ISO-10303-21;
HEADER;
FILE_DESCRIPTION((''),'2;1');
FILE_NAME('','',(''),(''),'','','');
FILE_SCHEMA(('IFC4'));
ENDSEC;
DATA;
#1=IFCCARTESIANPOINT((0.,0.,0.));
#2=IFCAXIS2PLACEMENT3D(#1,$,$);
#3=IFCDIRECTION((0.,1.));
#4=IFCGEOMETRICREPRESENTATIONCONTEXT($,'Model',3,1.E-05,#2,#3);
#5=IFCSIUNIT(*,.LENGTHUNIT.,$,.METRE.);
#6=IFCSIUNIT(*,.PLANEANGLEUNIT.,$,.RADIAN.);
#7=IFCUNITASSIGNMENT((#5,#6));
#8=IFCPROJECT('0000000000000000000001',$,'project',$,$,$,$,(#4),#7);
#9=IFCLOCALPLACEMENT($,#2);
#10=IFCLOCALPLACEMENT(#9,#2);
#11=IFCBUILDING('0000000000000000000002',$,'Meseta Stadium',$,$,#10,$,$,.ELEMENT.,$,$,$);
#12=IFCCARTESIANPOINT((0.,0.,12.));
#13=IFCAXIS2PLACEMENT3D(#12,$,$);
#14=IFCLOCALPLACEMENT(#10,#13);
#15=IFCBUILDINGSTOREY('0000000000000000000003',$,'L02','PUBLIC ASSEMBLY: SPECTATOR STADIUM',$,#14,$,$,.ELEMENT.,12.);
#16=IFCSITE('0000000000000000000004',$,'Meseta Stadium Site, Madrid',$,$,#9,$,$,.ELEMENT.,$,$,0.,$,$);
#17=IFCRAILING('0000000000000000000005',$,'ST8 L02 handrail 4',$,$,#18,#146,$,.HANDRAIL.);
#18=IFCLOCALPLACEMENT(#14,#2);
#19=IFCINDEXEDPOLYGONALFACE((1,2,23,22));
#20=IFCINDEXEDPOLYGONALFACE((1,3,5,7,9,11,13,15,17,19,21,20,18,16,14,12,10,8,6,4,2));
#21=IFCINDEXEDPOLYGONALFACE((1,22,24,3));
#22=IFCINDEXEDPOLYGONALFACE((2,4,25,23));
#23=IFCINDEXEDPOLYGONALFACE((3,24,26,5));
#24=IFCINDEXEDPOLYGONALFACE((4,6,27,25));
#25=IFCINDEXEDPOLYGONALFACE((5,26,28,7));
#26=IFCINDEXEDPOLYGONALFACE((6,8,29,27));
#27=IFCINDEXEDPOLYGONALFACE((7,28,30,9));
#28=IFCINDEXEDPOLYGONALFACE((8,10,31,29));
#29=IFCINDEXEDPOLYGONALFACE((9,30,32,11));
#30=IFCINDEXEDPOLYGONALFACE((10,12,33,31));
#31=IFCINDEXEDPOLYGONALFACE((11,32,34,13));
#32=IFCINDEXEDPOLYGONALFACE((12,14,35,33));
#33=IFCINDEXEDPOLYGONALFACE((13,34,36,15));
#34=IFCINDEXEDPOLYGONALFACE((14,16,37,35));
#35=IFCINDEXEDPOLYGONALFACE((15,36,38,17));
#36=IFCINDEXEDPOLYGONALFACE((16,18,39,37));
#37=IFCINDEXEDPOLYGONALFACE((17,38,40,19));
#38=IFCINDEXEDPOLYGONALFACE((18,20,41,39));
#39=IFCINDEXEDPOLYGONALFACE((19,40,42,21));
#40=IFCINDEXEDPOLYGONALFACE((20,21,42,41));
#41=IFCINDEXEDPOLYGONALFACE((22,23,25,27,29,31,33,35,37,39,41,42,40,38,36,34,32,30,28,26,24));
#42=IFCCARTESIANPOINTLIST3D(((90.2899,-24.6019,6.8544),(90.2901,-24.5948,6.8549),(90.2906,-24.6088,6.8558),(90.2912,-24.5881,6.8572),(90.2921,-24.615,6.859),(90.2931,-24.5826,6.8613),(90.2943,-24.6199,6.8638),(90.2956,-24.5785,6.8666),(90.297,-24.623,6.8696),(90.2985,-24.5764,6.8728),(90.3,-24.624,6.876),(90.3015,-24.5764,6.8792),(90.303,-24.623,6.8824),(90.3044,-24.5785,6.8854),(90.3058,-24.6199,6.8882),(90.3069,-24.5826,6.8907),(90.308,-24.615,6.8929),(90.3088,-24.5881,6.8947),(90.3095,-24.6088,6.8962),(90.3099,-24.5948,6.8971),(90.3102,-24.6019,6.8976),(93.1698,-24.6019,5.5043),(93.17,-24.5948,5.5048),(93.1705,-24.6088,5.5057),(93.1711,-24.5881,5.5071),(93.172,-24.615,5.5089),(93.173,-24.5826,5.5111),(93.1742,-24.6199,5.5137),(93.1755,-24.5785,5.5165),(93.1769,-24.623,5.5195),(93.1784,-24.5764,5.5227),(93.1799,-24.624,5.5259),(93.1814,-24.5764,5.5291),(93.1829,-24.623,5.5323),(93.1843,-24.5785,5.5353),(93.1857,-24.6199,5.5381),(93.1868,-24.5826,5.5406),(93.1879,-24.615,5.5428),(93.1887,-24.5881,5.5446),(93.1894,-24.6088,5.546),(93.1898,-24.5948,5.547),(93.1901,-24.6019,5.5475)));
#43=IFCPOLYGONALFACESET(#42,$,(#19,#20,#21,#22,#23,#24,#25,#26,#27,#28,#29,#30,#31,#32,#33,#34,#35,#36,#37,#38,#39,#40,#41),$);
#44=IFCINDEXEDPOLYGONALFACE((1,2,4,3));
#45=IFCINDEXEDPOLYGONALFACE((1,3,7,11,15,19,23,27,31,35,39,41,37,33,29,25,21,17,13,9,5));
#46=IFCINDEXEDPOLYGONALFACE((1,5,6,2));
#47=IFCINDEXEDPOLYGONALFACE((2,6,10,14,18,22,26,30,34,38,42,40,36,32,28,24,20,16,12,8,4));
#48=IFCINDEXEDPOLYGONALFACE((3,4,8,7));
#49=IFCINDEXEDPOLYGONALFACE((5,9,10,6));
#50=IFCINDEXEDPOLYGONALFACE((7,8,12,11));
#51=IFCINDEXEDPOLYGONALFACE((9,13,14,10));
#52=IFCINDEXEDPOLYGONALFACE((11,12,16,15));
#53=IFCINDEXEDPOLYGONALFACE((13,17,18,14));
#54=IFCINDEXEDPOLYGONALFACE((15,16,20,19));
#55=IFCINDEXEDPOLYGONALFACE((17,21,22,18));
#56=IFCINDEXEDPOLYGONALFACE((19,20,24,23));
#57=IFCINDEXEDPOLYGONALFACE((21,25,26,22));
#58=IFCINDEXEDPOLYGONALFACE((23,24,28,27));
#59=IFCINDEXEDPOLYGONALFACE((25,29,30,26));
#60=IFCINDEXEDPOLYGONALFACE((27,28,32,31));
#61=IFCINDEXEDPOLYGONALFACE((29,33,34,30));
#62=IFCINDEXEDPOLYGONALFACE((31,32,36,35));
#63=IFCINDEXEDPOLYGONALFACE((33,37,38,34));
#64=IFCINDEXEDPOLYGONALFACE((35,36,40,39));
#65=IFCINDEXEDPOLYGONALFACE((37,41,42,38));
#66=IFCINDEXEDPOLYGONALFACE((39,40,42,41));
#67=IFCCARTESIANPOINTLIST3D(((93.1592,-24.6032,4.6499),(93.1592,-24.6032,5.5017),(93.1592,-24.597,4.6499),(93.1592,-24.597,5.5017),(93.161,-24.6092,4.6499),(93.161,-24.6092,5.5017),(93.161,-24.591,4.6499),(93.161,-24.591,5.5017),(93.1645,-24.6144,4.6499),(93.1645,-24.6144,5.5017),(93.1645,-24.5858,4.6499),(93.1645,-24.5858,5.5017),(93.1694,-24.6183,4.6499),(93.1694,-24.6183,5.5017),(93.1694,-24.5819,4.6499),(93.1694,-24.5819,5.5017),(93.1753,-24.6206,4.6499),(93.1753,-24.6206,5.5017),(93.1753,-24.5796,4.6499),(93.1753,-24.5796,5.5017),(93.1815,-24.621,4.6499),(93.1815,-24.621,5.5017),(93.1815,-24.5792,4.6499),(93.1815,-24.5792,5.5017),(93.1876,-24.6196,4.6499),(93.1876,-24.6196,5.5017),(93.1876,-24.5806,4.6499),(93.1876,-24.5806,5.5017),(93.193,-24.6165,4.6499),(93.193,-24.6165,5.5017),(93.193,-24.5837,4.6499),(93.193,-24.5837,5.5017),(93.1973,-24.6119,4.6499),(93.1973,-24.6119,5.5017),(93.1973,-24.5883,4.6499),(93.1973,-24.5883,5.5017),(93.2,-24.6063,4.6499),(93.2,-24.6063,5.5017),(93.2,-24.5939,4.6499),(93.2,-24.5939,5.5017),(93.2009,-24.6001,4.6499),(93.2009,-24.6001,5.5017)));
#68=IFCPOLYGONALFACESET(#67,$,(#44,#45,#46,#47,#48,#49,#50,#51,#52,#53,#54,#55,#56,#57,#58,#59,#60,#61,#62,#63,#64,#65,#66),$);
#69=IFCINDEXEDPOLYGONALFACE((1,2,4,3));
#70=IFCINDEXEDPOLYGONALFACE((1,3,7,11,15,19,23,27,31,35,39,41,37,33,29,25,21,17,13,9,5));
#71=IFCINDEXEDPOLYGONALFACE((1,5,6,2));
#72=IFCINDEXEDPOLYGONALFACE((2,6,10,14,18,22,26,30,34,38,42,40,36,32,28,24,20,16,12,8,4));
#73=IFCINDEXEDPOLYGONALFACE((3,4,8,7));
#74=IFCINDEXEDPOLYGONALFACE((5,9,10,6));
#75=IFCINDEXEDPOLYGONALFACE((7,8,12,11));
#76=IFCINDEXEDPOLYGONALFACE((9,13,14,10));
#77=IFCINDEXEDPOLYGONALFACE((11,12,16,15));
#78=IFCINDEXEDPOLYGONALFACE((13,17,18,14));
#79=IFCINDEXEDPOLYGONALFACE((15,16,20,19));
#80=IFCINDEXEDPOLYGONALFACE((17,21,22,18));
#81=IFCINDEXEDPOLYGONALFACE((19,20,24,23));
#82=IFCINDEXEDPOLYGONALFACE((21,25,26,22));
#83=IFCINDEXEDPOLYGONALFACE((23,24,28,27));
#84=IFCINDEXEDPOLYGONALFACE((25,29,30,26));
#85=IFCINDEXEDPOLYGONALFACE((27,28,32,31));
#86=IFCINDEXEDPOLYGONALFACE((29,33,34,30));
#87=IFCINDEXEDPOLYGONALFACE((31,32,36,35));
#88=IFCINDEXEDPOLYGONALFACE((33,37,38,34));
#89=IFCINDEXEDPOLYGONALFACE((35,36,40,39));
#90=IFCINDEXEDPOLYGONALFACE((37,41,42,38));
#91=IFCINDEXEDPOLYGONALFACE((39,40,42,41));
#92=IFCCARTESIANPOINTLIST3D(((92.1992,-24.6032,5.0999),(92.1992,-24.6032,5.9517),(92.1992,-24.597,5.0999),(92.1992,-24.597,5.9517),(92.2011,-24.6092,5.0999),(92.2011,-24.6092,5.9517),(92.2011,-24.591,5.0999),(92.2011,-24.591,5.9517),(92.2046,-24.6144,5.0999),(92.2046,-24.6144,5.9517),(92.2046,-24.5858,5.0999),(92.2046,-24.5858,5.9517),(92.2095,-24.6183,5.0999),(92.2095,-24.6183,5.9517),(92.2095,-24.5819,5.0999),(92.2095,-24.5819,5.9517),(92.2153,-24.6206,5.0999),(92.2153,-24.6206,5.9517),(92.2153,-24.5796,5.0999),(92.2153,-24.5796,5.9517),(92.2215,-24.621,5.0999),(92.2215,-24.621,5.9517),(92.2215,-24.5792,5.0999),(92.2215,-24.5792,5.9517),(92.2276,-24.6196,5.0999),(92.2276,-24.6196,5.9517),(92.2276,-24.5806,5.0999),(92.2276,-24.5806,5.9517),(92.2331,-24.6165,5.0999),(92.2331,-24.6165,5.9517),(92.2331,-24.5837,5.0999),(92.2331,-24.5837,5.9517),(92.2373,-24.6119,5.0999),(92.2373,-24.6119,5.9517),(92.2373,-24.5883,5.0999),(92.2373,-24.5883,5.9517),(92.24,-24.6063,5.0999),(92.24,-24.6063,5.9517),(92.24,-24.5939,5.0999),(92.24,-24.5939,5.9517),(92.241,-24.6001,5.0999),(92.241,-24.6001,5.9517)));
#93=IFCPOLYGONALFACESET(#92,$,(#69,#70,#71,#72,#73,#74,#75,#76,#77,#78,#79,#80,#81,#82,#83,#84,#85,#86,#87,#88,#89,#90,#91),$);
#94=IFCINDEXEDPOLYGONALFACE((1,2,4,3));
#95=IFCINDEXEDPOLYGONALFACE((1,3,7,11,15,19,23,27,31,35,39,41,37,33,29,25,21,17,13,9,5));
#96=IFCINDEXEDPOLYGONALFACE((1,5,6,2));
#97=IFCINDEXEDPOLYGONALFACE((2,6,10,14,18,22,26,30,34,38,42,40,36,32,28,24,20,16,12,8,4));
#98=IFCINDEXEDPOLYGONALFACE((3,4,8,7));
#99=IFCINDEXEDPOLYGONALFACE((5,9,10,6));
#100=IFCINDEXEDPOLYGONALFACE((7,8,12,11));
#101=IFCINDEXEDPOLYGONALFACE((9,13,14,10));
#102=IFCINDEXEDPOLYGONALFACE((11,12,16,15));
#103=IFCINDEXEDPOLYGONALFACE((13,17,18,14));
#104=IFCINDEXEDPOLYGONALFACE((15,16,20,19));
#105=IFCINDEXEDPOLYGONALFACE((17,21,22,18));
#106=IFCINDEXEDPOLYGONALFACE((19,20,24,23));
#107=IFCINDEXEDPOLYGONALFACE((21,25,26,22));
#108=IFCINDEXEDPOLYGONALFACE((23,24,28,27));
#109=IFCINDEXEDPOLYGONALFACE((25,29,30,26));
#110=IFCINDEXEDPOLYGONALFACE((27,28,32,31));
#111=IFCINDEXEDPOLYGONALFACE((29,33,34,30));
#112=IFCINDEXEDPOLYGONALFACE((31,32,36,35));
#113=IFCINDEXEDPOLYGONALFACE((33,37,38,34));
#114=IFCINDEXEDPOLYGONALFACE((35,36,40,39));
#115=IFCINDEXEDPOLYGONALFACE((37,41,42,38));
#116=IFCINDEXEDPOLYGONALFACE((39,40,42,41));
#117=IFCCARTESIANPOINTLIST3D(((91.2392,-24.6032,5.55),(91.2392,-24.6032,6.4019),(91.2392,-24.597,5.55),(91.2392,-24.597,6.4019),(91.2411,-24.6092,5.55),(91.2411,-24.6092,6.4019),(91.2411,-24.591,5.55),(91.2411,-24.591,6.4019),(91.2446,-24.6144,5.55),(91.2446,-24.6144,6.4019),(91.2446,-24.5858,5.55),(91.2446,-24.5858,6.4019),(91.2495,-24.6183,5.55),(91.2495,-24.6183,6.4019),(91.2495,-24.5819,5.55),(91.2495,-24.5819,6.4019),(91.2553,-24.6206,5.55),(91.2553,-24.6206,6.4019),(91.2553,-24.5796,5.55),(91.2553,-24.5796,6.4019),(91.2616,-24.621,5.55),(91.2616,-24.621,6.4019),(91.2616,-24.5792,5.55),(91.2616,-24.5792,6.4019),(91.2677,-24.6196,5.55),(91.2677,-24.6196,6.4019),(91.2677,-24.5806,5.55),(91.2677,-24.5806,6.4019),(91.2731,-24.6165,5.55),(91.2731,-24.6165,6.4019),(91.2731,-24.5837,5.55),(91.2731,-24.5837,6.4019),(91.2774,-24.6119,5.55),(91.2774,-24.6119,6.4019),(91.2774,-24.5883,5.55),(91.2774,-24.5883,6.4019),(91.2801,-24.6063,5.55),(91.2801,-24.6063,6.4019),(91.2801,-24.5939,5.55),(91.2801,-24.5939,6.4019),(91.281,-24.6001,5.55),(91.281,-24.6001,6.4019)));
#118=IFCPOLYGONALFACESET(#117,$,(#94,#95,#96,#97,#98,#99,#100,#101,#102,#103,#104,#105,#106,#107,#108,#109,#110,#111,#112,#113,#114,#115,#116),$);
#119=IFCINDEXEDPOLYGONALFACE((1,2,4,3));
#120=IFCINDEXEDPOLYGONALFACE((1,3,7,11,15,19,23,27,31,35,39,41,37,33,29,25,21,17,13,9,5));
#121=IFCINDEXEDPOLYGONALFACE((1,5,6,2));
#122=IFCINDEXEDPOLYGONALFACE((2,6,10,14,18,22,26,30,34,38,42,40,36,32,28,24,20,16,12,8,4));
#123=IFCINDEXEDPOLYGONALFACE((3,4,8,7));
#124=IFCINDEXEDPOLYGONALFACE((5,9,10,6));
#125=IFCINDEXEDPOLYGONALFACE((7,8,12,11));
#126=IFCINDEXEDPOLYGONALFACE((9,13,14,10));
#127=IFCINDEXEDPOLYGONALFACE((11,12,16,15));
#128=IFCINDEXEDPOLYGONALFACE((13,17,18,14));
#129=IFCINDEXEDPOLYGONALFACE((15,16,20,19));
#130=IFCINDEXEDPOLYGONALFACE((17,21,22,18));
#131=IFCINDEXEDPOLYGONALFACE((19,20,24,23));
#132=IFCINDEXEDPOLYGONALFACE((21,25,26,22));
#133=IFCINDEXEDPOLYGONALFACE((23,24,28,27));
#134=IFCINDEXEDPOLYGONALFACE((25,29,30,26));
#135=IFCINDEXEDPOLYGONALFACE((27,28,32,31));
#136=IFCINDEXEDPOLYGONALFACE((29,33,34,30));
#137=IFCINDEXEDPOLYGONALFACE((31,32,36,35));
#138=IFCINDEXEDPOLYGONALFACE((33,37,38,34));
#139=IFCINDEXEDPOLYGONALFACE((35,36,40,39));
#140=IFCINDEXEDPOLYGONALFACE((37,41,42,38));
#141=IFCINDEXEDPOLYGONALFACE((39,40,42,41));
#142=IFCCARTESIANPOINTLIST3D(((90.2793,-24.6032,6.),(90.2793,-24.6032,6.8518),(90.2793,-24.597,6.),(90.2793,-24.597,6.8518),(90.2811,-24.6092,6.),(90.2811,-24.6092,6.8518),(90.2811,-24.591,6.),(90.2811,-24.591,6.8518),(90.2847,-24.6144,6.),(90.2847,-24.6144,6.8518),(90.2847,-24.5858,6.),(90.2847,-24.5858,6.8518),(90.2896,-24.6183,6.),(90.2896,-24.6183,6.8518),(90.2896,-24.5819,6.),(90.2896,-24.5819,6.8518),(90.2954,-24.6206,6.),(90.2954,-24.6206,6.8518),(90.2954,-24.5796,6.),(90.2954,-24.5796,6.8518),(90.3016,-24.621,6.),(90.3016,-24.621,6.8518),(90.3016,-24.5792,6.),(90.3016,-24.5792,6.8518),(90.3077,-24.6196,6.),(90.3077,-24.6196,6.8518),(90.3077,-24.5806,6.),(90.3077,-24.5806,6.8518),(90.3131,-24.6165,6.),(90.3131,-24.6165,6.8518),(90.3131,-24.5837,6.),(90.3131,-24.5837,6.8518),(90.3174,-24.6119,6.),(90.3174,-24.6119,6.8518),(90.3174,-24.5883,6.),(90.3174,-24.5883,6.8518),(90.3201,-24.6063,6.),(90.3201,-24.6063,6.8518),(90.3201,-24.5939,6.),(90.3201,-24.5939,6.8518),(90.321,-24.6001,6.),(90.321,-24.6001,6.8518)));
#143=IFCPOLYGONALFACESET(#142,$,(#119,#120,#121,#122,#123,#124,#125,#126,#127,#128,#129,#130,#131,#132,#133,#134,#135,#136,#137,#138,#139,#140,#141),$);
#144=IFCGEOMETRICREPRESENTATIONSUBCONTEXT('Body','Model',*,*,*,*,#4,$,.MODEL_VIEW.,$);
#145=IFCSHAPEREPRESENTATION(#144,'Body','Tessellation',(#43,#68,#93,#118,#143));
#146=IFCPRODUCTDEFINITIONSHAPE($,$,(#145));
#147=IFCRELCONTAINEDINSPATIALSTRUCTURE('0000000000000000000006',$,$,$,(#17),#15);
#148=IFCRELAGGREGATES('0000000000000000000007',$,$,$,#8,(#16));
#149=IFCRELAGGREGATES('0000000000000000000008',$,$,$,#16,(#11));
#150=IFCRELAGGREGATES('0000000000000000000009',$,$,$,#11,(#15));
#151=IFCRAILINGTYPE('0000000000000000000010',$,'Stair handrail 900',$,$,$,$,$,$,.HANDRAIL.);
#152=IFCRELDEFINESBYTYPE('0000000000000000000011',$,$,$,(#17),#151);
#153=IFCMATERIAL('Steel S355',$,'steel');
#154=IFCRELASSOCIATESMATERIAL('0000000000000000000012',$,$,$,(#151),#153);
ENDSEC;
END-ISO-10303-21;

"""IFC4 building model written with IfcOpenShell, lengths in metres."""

from ifc_helpers import new_model, si_unit, direction, frame, origin, origin_2d, place, context, subcontext, project, spatial, circle, extrude, material, type_object, element, save


model = new_model("IFC4")

# Units and contexts
model_context = context("Model", 3, precision=1e-05, world=origin(), true_north=direction((0.0, 1.0)))
body_context = subcontext(model_context, "Body", "Model", "MODEL_VIEW")
ifc_project = project(units=[si_unit("LENGTHUNIT", "METRE"), si_unit("PLANEANGLEUNIT", "RADIAN")], contexts=[model_context])

# Site, building, storey
site_placement = place(None, origin())
site = spatial("IfcSite", under=ifc_project, at=site_placement, Name="Meseta Stadium Site, Madrid", CompositionType="ELEMENT", RefElevation=0.0)
building_placement = place(site_placement, origin())
building = spatial("IfcBuilding", under=site, at=building_placement, Name="Meseta Stadium", CompositionType="ELEMENT")
storey_placement = place(building_placement, frame((0.0, 0.0, 12.0)))
storey = spatial("IfcBuildingStorey", under=building, at=storey_placement, Name="L02", Description="PUBLIC ASSEMBLY: SPECTATOR STADIUM", CompositionType="ELEMENT", Elevation=12.0)

# Railing
ifc_material_1 = material(Name="Steel S355", Category="steel")
railing_type_1 = type_object("IfcRailingType", Name="Stair handrail 900", PredefinedType="HANDRAIL", material=ifc_material_1)
railing_1_placement = place(storey_placement, frame((93.1799, -24.6001, 4.6499)))
element("IfcRailing", 1, at=railing_1_placement, inside=storey, type_object=railing_type_1, Name="ST8 L02 handrail 4", PredefinedType="HANDRAIL", context=body_context, shape_type="SweptSolid", body=[
    extrude(circle(Radius=0.0239, at=origin_2d()), frame((0.0, 0.0, 0.876), z_axis=(-0.90544, 0.0, 0.424473), x_axis=(0.0, -1.0, 0.0)), (0.0, 0.0, 1.0), 3.1807),
    extrude(circle(Radius=0.021, at=origin_2d()), origin(), (0.0, 0.0, 1.0), 0.8518),
    extrude(circle(Radius=0.021, at=origin_2d()), frame((-0.96, 0.0, 0.45)), (0.0, 0.0, 1.0), 0.8518),
    extrude(circle(Radius=0.021, at=origin_2d()), frame((-1.9199, 0.0, 0.9001)), (0.0, 0.0, 1.0), 0.8518),
    extrude(circle(Radius=0.021, at=origin_2d()), frame((-2.8799, 0.0, 1.3501)), (0.0, 0.0, 1.0), 0.8518),
])

save(model, "model.ifc")
